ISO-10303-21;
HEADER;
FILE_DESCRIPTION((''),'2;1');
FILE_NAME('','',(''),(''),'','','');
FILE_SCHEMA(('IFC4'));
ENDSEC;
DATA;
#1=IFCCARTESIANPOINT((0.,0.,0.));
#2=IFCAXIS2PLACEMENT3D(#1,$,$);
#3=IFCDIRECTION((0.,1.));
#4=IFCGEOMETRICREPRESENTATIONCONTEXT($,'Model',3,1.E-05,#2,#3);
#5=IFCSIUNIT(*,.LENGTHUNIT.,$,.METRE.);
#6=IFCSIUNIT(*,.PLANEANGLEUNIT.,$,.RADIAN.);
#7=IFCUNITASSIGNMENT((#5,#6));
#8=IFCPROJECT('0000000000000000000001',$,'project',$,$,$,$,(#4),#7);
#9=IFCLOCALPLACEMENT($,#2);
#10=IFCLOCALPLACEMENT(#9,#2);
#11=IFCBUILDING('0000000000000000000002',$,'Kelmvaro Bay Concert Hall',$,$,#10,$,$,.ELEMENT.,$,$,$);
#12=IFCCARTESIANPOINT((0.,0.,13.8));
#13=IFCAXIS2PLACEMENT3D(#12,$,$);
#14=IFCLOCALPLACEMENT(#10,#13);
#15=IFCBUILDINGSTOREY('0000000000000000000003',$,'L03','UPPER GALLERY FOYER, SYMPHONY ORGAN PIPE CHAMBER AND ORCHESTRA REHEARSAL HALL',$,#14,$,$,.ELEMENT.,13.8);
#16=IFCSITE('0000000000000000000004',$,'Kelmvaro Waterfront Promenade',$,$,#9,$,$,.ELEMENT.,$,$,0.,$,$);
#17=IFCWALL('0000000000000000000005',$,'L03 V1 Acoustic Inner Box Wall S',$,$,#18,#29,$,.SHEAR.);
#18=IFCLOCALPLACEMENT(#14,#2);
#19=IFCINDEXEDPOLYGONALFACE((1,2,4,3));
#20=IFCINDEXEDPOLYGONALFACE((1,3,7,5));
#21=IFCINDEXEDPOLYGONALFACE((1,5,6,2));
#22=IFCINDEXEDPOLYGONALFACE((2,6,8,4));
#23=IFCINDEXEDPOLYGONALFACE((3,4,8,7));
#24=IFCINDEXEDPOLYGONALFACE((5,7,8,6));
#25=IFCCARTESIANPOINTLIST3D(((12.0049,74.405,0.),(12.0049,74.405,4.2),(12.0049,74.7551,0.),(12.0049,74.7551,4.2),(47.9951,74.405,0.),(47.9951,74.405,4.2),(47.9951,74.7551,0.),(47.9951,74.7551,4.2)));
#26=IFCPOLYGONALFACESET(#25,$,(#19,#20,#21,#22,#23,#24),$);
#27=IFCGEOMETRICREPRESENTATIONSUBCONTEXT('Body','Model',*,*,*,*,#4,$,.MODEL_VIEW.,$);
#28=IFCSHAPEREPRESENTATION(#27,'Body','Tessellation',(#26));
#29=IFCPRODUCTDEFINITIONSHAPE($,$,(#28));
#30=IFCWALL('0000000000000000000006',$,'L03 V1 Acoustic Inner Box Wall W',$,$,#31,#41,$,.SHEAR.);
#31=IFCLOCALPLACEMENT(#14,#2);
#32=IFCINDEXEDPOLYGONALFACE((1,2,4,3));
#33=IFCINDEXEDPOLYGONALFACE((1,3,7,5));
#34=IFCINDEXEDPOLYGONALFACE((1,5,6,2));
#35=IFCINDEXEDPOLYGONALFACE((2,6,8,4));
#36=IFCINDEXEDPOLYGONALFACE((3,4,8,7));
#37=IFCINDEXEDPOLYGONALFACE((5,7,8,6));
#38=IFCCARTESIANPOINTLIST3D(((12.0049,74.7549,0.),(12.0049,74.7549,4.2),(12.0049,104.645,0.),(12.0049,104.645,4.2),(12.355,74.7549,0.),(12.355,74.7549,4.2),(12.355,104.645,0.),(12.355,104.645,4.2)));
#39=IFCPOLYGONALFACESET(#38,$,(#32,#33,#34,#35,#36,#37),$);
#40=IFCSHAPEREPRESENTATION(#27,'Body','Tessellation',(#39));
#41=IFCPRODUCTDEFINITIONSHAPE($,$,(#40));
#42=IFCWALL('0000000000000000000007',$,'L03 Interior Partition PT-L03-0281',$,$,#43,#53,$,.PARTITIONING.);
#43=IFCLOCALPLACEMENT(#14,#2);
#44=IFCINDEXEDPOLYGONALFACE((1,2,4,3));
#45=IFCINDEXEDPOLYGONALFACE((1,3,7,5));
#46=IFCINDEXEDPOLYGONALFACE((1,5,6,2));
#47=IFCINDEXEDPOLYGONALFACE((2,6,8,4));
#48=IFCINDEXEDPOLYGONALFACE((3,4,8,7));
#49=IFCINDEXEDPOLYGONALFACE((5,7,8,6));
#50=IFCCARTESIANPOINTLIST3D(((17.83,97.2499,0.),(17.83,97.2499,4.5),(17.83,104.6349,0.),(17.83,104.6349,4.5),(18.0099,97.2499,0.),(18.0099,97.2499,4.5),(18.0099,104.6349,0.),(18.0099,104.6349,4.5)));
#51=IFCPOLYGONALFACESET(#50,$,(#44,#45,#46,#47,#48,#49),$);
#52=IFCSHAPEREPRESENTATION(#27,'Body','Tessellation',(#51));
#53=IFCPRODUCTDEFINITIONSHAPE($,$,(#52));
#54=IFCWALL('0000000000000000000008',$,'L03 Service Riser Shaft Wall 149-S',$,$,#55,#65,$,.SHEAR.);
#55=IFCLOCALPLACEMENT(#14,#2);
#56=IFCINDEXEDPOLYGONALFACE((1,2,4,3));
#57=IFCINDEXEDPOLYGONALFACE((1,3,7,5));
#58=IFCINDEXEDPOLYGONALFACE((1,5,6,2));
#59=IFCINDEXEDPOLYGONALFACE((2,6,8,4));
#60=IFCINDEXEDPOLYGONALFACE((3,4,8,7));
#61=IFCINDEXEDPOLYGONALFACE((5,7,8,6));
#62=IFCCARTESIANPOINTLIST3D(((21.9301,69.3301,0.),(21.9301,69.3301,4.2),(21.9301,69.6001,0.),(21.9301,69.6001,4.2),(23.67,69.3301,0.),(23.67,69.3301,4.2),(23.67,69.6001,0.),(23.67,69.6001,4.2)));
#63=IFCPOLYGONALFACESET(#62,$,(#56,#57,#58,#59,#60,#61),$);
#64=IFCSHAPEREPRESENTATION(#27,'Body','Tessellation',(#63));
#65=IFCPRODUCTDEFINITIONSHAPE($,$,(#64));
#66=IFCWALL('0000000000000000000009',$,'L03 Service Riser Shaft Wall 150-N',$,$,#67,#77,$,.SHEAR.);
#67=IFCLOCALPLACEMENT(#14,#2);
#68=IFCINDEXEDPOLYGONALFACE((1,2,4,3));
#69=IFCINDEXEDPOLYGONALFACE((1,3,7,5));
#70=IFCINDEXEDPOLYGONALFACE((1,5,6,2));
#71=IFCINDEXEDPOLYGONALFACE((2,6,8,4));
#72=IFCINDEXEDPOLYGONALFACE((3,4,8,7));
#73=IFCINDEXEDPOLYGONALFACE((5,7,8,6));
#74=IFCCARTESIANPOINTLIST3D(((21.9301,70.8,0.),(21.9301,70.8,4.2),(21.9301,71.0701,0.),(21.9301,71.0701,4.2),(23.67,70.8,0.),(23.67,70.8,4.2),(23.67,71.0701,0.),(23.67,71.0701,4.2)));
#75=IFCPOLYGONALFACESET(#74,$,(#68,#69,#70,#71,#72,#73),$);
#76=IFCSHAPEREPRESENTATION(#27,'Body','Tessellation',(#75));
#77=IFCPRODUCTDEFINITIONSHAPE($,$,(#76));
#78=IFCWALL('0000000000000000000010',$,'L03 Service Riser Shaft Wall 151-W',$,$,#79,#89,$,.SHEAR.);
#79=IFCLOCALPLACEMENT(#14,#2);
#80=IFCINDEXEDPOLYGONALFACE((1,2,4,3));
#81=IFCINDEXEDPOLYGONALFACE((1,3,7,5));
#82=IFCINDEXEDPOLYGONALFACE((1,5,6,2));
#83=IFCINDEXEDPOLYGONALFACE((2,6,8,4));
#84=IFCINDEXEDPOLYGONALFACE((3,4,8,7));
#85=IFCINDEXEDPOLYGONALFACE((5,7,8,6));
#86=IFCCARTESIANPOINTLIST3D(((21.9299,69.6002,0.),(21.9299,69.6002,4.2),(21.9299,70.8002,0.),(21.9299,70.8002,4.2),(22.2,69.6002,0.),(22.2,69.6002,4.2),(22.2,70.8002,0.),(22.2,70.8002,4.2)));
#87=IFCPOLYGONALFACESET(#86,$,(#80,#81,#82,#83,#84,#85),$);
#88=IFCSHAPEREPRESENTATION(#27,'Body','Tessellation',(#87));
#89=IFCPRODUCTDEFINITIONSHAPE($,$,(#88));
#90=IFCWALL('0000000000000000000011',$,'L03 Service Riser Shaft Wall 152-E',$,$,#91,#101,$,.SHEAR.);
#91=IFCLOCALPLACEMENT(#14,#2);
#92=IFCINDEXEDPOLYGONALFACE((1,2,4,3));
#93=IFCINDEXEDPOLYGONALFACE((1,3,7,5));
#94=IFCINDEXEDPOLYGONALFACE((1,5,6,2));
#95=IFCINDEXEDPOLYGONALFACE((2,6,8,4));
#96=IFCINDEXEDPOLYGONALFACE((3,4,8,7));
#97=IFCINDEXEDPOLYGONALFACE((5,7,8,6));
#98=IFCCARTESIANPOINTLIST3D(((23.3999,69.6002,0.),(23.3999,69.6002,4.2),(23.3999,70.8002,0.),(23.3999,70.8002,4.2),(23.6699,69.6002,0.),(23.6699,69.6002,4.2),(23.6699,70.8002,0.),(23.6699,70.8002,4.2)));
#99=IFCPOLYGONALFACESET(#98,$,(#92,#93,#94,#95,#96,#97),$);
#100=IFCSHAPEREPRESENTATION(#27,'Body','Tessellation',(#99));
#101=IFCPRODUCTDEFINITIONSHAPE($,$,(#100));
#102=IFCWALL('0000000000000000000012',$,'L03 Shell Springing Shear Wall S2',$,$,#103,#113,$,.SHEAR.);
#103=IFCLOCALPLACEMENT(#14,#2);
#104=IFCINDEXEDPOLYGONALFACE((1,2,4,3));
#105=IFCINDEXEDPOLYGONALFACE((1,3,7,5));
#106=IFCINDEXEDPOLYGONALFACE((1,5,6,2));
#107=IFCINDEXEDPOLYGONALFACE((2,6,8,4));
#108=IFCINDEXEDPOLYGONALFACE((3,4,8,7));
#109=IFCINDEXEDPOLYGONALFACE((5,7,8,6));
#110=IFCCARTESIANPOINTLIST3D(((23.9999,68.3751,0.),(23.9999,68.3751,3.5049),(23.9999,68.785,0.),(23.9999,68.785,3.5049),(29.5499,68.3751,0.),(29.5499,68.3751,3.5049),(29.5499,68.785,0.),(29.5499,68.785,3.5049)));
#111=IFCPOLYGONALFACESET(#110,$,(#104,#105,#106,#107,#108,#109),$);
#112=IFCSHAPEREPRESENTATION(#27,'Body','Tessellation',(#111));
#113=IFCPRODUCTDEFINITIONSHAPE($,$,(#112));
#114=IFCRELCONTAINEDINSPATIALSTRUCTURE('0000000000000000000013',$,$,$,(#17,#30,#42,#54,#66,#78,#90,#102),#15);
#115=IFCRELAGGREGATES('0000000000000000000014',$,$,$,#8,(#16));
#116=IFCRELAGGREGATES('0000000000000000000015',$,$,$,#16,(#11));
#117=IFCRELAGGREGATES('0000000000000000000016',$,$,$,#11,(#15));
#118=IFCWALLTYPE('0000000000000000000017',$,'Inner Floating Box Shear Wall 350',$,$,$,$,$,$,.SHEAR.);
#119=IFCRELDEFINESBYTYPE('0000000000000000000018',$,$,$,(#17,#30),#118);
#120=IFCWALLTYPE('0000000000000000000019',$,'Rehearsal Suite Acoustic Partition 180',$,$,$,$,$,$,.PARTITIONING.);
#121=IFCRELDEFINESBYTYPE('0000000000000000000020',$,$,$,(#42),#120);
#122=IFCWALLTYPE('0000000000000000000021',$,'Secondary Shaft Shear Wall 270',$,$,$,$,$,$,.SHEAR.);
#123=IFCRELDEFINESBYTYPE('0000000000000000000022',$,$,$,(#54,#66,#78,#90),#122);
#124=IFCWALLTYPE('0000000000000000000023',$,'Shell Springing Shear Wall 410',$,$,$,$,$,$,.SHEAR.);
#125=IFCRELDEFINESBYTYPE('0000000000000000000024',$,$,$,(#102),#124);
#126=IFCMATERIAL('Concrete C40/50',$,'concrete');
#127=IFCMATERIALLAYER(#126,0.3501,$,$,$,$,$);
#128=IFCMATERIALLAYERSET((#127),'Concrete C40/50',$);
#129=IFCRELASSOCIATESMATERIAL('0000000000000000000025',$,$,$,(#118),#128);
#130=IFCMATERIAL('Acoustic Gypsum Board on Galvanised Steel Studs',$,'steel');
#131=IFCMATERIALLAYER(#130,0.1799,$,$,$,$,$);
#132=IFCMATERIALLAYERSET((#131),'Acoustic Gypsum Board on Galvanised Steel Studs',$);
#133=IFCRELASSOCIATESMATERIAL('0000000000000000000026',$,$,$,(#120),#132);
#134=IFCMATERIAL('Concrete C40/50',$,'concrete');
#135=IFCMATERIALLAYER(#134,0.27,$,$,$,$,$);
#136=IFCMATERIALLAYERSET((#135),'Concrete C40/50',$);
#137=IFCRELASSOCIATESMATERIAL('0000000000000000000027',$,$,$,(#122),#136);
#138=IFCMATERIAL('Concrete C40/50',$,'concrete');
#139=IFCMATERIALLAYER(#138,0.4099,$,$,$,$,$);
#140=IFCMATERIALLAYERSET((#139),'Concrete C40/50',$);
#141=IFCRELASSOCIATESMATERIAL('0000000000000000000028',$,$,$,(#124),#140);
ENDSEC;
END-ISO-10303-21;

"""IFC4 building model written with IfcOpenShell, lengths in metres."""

from ifc_helpers import new_model, si_unit, direction, frame, frame_2d, origin, place, context, subcontext, project, spatial, rectangle, extrude, material, layer, layer_set, type_object, element, save


model = new_model("IFC4")

# Units and contexts
model_context = context("Model", 3, precision=1e-05, world=origin(), true_north=direction((0.0, 1.0)))
body_context = subcontext(model_context, "Body", "Model", "MODEL_VIEW")
ifc_project = project(units=[si_unit("LENGTHUNIT", "METRE"), si_unit("PLANEANGLEUNIT", "RADIAN")], contexts=[model_context])

# Site, building, storey
site_placement = place(None, origin())
site = spatial("IfcSite", under=ifc_project, at=site_placement, Name="Kelmvaro Waterfront Promenade", CompositionType="ELEMENT", RefElevation=0.0)
building_placement = place(site_placement, origin())
building = spatial("IfcBuilding", under=site, at=building_placement, Name="Kelmvaro Bay Concert Hall", CompositionType="ELEMENT")
storey_placement = place(building_placement, frame((0.0, 0.0, 13.8)))
storey = spatial("IfcBuildingStorey", under=building, at=storey_placement, Name="L03", Description="UPPER GALLERY FOYER, SYMPHONY ORGAN PIPE CHAMBER AND ORCHESTRA REHEARSAL HALL", CompositionType="ELEMENT", Elevation=13.8)

# Walls
ifc_material_1 = material(Name="Concrete C40/50", Category="concrete")
ifc_layer_1 = layer(ifc_material_1, 0.3501)
ifc_layer_set_1 = layer_set([ifc_layer_1], Name="Concrete C40/50")
wall_type_1 = type_object("IfcWallType", Name="Inner Floating Box Shear Wall 350", PredefinedType="SHEAR", material=ifc_layer_set_1)
wall_1_placement = place(storey_placement, frame((12.0049, 74.5801, 0.0), z_axis=(0.0, 0.0, 1.0), x_axis=(1.0, 0.0, 0.0)))
element("IfcWall", 1, at=wall_1_placement, inside=storey, type_object=wall_type_1, Name="L03 V1 Acoustic Inner Box Wall S", PredefinedType="SHEAR", context=body_context, shape_type="SweptSolid", body=[
    extrude(rectangle(XDim=35.9902, YDim=0.3501, at=frame_2d((17.9951, 0.0))), origin(), (0.0, 0.0, 1.0), 4.2),
])
wall_2_placement = place(storey_placement, frame((12.1799, 74.7549, 0.0), z_axis=(0.0, 0.0, 1.0), x_axis=(0.0, 1.0, 0.0)))
element("IfcWall", 2, at=wall_2_placement, inside=storey, type_object=wall_type_1, Name="L03 V1 Acoustic Inner Box Wall W", PredefinedType="SHEAR", context=body_context, shape_type="SweptSolid", body=[
    extrude(rectangle(XDim=29.8901, YDim=0.3501, at=frame_2d((14.9451, 0.0))), origin(), (0.0, 0.0, 1.0), 4.2),
])
ifc_material_2 = material(Name="Acoustic Gypsum Board on Galvanised Steel Studs", Category="steel")
ifc_layer_2 = layer(ifc_material_2, 0.1799)
ifc_layer_set_2 = layer_set([ifc_layer_2], Name="Acoustic Gypsum Board on Galvanised Steel Studs")
wall_type_2 = type_object("IfcWallType", Name="Rehearsal Suite Acoustic Partition 180", PredefinedType="PARTITIONING", material=ifc_layer_set_2)
wall_3_placement = place(storey_placement, frame((17.9199, 97.25, 0.0), z_axis=(0.0, 0.0, 1.0), x_axis=(0.0, 1.0, 0.0)))
element("IfcWall", 3, at=wall_3_placement, inside=storey, type_object=wall_type_2, Name="L03 Interior Partition PT-L03-0281", PredefinedType="PARTITIONING", context=body_context, shape_type="SweptSolid", body=[
    extrude(rectangle(XDim=7.385, YDim=0.1799, at=frame_2d((3.6924, 0.0))), origin(), (0.0, 0.0, 1.0), 4.5),
])
ifc_material_3 = material(Name="Concrete C40/50", Category="concrete")
ifc_layer_3 = layer(ifc_material_3, 0.27)
ifc_layer_set_3 = layer_set([ifc_layer_3], Name="Concrete C40/50")
wall_type_3 = type_object("IfcWallType", Name="Secondary Shaft Shear Wall 270", PredefinedType="SHEAR", material=ifc_layer_set_3)
for number, where, z_axis, x_axis, name in (
    (4, (21.9299, 69.4651, 0.0), (0.0, 0.0, 1.0), (1.0, 0.0, 0.0), "L03 Service Riser Shaft Wall 149-S"),
    (5, (21.9299, 70.9351, 0.0), (0.0, 0.0, 1.0), (1.0, 0.0, 0.0), "L03 Service Riser Shaft Wall 150-N"),
):
    element("IfcWall", number, at=place(storey_placement, frame(where, z_axis=z_axis, x_axis=x_axis)), inside=storey, type_object=wall_type_3, Name=name, PredefinedType="SHEAR", context=body_context, shape_type="SweptSolid", body=[
        extrude(rectangle(XDim=1.74, YDim=0.27, at=frame_2d((0.8701, 0.0))), origin(), (0.0, 0.0, 1.0), 4.2),
    ])
for number, where, z_axis, x_axis, name in (
    (6, (22.0649, 69.6001, 0.0), (0.0, 0.0, 1.0), (0.0, 1.0, 0.0), "L03 Service Riser Shaft Wall 151-W"),
    (7, (23.5349, 69.6001, 0.0), (0.0, 0.0, 1.0), (0.0, 1.0, 0.0), "L03 Service Riser Shaft Wall 152-E"),
):
    element("IfcWall", number, at=place(storey_placement, frame(where, z_axis=z_axis, x_axis=x_axis)), inside=storey, type_object=wall_type_3, Name=name, PredefinedType="SHEAR", context=body_context, shape_type="SweptSolid", body=[
        extrude(rectangle(XDim=1.2, YDim=0.27, at=frame_2d((0.6001, 0.0))), origin(), (0.0, 0.0, 1.0), 4.2),
    ])
ifc_material_4 = material(Name="Concrete C40/50", Category="concrete")
ifc_layer_4 = layer(ifc_material_4, 0.4099)
ifc_layer_set_4 = layer_set([ifc_layer_4], Name="Concrete C40/50")
wall_type_4 = type_object("IfcWallType", Name="Shell Springing Shear Wall 410", PredefinedType="SHEAR", material=ifc_layer_set_4)
wall_4_placement = place(storey_placement, frame((24.0, 68.5801, 0.0), z_axis=(0.0, 0.0, 1.0), x_axis=(1.0, 0.0, 0.0)))
element("IfcWall", 8, at=wall_4_placement, inside=storey, type_object=wall_type_4, Name="L03 Shell Springing Shear Wall S2", PredefinedType="SHEAR", context=body_context, shape_type="SweptSolid", body=[
    extrude(rectangle(XDim=5.55, YDim=0.4099, at=frame_2d((2.7749, 0.0))), origin(), (0.0, 0.0, 1.0), 3.5049),
])

save(model, "model.ifc")
